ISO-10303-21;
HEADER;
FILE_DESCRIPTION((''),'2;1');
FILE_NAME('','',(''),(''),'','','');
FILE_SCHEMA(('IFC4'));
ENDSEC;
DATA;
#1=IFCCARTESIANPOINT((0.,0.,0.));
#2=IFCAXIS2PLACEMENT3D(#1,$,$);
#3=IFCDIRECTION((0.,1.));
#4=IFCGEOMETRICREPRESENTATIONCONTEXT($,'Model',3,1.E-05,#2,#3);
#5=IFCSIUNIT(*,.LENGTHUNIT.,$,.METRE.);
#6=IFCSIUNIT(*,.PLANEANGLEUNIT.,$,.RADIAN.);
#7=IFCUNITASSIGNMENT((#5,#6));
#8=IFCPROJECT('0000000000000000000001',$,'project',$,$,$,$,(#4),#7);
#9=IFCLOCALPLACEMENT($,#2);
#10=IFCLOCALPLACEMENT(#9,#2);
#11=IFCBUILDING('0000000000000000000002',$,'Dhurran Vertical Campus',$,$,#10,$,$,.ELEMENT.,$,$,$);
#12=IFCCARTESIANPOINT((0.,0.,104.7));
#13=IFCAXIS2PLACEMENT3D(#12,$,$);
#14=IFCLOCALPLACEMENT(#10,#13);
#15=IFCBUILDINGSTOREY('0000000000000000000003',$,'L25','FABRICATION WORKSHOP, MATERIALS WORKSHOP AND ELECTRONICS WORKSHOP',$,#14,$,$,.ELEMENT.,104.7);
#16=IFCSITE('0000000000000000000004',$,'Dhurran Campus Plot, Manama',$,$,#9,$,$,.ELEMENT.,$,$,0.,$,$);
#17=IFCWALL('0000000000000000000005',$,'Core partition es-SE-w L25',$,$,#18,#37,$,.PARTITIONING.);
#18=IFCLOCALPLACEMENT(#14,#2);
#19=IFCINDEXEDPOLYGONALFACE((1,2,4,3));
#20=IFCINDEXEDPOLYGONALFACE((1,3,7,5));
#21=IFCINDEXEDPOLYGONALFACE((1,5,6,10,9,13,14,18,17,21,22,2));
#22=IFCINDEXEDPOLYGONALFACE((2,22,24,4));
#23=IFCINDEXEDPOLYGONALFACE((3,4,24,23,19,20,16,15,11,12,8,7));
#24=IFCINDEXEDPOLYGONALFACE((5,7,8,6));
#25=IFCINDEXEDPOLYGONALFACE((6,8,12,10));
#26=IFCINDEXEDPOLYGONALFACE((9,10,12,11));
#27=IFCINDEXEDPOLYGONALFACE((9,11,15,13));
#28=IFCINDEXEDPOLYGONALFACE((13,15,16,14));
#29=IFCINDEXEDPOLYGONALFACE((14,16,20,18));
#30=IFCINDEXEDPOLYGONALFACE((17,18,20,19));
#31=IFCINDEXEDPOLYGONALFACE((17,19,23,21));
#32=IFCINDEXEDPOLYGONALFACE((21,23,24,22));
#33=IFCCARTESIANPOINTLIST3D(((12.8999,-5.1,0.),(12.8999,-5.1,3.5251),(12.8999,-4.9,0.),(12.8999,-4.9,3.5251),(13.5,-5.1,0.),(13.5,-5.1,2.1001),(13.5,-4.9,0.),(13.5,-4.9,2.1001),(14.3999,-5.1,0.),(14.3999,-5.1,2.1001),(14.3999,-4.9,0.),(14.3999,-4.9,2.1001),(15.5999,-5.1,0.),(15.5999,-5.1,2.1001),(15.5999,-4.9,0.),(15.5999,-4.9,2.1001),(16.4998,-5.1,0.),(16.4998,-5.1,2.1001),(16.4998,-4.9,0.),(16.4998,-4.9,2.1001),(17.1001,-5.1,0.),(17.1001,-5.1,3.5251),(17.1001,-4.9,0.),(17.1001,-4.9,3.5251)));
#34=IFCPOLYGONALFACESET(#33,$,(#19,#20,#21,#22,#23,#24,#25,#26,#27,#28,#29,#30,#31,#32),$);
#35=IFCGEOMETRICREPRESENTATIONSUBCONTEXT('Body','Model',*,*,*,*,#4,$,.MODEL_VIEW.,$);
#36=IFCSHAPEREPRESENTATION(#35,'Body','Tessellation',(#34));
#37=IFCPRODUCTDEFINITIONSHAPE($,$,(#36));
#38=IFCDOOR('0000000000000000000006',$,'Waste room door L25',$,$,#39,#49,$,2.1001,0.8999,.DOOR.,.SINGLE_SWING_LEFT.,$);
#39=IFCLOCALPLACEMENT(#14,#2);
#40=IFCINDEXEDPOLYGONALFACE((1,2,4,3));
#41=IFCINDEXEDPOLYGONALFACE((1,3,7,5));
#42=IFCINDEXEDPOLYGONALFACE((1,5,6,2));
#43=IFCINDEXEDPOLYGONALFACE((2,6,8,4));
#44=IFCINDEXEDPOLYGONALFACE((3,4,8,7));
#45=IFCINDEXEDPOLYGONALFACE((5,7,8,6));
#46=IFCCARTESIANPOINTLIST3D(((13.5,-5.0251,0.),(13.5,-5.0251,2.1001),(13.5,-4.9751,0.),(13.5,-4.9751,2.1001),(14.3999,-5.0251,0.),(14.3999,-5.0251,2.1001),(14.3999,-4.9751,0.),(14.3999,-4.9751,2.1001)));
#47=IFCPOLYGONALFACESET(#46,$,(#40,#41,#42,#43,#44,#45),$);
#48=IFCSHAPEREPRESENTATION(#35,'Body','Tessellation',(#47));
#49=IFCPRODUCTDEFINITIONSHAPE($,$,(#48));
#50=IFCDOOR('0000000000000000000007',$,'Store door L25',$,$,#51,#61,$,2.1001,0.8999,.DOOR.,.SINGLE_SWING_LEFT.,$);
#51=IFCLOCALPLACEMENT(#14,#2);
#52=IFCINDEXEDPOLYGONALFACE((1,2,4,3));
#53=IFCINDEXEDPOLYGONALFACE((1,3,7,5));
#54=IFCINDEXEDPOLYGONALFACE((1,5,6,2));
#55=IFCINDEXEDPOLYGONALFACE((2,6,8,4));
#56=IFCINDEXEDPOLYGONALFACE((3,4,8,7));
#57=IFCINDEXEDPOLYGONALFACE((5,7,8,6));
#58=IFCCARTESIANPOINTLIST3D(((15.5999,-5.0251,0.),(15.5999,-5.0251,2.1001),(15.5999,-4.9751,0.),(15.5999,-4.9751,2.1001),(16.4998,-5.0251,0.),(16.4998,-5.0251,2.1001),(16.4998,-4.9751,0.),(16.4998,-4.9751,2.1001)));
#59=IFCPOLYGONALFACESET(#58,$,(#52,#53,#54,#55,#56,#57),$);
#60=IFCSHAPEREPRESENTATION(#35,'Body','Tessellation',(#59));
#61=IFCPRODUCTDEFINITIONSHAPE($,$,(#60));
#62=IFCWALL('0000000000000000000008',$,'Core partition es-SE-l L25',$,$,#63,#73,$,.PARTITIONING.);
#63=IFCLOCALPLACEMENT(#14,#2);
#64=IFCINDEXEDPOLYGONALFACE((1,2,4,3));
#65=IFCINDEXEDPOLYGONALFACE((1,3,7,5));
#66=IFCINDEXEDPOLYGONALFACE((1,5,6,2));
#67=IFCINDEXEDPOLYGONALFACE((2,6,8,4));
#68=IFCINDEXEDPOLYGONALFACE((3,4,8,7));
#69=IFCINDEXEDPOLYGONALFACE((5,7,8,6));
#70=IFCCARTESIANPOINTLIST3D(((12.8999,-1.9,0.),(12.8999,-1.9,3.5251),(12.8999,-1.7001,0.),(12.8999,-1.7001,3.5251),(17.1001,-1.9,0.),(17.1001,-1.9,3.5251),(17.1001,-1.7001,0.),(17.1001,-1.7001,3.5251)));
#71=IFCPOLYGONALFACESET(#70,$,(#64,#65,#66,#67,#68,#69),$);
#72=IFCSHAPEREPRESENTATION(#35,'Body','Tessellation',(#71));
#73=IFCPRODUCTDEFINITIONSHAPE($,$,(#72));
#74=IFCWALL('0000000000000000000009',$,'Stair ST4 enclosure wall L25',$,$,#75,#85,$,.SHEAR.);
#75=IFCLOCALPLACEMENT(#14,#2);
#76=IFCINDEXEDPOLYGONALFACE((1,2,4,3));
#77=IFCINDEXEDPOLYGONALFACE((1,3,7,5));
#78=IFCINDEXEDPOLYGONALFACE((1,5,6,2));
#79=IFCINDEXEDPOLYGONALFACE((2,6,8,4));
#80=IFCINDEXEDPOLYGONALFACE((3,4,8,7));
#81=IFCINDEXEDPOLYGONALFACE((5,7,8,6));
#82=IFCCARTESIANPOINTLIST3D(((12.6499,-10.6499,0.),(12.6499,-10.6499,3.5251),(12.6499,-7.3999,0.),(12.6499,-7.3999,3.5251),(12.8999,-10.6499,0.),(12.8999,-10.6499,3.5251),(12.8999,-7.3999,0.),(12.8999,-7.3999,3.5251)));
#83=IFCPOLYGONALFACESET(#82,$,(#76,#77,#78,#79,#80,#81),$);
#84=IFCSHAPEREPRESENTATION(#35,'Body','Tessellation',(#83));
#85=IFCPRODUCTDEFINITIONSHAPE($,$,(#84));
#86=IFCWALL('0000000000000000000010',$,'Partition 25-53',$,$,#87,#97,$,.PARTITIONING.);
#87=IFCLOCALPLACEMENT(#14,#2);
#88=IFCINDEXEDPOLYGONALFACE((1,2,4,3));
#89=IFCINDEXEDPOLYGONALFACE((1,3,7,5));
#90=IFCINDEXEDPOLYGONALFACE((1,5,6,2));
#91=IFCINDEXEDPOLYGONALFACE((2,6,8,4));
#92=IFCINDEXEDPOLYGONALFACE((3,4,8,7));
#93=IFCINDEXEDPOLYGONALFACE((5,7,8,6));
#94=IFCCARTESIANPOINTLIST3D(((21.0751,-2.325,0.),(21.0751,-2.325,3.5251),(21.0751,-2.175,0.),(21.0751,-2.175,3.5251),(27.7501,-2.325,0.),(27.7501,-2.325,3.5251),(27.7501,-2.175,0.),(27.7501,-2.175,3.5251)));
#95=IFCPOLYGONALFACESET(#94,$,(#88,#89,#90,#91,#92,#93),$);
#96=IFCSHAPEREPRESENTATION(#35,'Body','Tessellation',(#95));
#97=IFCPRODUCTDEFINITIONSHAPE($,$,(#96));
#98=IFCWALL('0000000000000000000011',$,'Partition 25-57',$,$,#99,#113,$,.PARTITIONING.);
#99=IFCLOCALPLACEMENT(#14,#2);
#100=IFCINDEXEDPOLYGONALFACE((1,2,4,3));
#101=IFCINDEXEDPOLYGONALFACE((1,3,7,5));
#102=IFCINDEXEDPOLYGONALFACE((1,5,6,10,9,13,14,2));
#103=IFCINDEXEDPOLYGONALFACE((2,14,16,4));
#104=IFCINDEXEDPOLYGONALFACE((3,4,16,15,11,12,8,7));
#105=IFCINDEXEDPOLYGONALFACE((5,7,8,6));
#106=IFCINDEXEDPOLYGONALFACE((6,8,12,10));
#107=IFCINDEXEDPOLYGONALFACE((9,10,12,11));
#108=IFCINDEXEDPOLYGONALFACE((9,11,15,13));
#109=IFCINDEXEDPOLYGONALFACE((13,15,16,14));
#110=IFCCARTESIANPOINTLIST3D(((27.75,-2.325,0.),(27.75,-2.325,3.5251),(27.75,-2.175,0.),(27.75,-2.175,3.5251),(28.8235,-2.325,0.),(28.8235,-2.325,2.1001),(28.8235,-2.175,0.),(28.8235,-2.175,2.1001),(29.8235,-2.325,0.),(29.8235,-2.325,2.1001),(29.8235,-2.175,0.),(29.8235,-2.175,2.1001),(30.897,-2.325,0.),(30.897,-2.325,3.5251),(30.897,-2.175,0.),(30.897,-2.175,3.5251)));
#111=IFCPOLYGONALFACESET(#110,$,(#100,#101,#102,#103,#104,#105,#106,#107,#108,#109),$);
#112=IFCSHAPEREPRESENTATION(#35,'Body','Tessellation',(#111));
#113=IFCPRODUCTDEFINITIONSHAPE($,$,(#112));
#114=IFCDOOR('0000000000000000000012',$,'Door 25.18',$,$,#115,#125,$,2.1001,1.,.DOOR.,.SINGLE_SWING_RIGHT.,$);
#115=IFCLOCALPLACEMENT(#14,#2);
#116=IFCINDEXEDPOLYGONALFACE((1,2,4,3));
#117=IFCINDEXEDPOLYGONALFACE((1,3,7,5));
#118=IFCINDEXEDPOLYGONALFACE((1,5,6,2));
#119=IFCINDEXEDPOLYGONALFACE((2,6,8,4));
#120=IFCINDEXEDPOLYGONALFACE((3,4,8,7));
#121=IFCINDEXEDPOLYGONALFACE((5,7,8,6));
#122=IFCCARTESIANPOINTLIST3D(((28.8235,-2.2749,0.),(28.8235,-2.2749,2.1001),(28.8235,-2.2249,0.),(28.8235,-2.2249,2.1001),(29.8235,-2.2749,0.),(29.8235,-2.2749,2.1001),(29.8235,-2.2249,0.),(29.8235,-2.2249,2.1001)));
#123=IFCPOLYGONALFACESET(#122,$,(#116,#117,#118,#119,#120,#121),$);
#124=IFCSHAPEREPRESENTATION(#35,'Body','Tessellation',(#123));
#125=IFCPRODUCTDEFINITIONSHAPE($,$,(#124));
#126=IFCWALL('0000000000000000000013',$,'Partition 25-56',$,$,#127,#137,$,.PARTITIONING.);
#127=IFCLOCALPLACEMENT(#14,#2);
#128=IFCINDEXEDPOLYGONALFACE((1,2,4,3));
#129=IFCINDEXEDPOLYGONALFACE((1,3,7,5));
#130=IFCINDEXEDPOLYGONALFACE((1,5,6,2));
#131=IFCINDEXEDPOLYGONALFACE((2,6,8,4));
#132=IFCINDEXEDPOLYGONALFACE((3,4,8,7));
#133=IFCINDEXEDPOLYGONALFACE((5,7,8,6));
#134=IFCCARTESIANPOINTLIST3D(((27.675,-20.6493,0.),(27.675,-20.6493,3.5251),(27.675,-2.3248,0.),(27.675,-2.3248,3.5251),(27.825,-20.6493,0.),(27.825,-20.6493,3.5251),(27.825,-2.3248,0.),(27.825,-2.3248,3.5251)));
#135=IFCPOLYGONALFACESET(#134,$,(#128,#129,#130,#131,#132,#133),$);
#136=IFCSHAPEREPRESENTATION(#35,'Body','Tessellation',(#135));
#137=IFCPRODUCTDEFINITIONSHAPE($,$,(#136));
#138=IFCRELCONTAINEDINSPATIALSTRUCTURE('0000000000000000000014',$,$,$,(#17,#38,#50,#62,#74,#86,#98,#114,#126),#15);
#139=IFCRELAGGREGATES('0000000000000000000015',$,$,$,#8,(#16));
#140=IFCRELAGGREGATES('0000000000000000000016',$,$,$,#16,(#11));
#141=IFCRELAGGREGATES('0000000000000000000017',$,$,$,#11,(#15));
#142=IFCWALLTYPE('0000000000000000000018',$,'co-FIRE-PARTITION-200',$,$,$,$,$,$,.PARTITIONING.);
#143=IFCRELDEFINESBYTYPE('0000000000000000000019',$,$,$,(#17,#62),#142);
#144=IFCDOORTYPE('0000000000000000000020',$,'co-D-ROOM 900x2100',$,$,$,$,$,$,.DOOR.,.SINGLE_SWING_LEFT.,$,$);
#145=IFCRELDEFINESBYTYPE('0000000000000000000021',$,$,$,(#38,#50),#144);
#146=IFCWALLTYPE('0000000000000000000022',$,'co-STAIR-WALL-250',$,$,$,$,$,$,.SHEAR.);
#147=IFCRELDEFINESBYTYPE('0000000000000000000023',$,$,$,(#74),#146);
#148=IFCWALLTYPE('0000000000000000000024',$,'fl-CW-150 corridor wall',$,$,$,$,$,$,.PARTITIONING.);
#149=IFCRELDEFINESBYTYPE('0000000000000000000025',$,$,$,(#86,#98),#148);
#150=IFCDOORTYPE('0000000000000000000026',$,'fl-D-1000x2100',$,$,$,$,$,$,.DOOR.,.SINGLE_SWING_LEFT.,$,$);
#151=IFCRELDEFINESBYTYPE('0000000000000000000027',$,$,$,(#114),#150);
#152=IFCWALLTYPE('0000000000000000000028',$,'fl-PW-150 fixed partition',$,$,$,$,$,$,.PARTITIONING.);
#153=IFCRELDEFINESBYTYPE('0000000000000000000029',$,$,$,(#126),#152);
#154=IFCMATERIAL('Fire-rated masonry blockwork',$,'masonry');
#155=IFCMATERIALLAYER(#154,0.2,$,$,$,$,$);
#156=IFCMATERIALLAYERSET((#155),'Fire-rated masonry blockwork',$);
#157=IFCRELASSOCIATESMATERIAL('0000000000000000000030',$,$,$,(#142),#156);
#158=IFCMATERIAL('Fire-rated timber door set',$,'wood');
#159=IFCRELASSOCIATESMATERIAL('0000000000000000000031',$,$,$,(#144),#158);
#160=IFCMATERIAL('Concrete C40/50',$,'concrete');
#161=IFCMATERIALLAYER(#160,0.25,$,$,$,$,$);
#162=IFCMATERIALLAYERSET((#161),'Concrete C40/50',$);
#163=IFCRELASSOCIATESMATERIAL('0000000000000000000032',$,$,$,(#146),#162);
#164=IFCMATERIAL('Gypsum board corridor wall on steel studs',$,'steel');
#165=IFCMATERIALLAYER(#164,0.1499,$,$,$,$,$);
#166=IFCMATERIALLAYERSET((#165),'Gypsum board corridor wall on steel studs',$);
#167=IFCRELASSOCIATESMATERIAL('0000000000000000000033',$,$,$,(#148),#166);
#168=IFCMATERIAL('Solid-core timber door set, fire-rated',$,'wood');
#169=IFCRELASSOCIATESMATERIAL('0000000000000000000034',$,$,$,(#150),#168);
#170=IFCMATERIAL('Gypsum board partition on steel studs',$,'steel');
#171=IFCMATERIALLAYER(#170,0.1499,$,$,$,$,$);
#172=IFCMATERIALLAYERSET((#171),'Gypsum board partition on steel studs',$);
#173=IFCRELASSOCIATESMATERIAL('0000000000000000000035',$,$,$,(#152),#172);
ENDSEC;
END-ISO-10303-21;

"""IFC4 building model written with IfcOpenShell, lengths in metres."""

from ifc_helpers import new_model, si_unit, direction, frame, frame_2d, origin, place, context, subcontext, project, spatial, rectangle, extrude, material, layer, layer_set, type_object, element, fill, save


model = new_model("IFC4")

# Units and contexts
model_context = context("Model", 3, precision=1e-05, world=origin(), true_north=direction((0.0, 1.0)))
body_context = subcontext(model_context, "Body", "Model", "MODEL_VIEW")
ifc_project = project(units=[si_unit("LENGTHUNIT", "METRE"), si_unit("PLANEANGLEUNIT", "RADIAN")], contexts=[model_context])

# Site, building, storey
site_placement = place(None, origin())
site = spatial("IfcSite", under=ifc_project, at=site_placement, Name="Dhurran Campus Plot, Manama", CompositionType="ELEMENT", RefElevation=0.0)
building_placement = place(site_placement, origin())
building = spatial("IfcBuilding", under=site, at=building_placement, Name="Dhurran Vertical Campus", CompositionType="ELEMENT")
storey_placement = place(building_placement, frame((0.0, 0.0, 104.7)))
storey = spatial("IfcBuildingStorey", under=building, at=storey_placement, Name="L25", Description="FABRICATION WORKSHOP, MATERIALS WORKSHOP AND ELECTRONICS WORKSHOP", CompositionType="ELEMENT", Elevation=104.7)

# Shared definitions
ifc_material_1 = material(Name="Fire-rated masonry blockwork", Category="masonry")
ifc_layer_1 = layer(ifc_material_1, 0.2)
ifc_layer_set_1 = layer_set([ifc_layer_1], Name="Fire-rated masonry blockwork")
wall_type_1 = type_object("IfcWallType", Name="co-FIRE-PARTITION-200", PredefinedType="PARTITIONING", material=ifc_layer_set_1)

# Shared definitions
ifc_material_2 = material(Name="Fire-rated timber door set", Category="wood")
door_type_1 = type_object("IfcDoorType", Name="co-D-ROOM 900x2100", OperationType="SINGLE_SWING_LEFT", PredefinedType="DOOR", material=ifc_material_2)

# Wall, openings, doors
wall_1_placement = place(storey_placement, frame((12.8999, -5.0, 0.0), z_axis=(0.0, 0.0, 1.0), x_axis=(1.0, 0.0, 0.0)))
wall_1 = element("IfcWall", 1, at=wall_1_placement, inside=storey, type_object=wall_type_1, Name="Core partition es-SE-w L25", PredefinedType="PARTITIONING", context=body_context, shape_type="SweptSolid", body=[
    extrude(rectangle(XDim=4.2002, YDim=0.2, at=frame_2d((2.1001, 0.0))), origin(), (0.0, 0.0, 1.0), 3.5251),
])
opening_1_placement = place(wall_1_placement, frame((0.6001, 0.0, 0.0)))
opening_1 = element("IfcOpeningElement", 2, at=opening_1_placement, cuts=wall_1, PredefinedType="OPENING", context=body_context, shape_type="SweptSolid", body=[
    extrude(rectangle(XDim=0.8999, YDim=2.1001, at=frame_2d((0.45, 1.05))), frame((0.0, 0.1099, 0.0), z_axis=(0.0, -1.0, 0.0), x_axis=(1.0, 0.0, 0.0)), (0.0, 0.0, 1.0), 0.22),
])
opening_2_placement = place(wall_1_placement, frame((2.7, 0.0, 0.0)))
opening_2 = element("IfcOpeningElement", 3, at=opening_2_placement, cuts=wall_1, PredefinedType="OPENING", context=body_context, shape_type="SweptSolid", body=[
    extrude(rectangle(XDim=0.8999, YDim=2.1001, at=frame_2d((0.45, 1.05))), frame((0.0, 0.1099, 0.0), z_axis=(0.0, -1.0, 0.0), x_axis=(1.0, 0.0, 0.0)), (0.0, 0.0, 1.0), 0.22),
])
door_1_placement = place(opening_1_placement, origin())
door_1 = element("IfcDoor", 4, at=door_1_placement, inside=storey, type_object=door_type_1, Name="Waste room door L25", OperationType="SINGLE_SWING_LEFT", OverallHeight=2.1001, OverallWidth=0.8999, PredefinedType="DOOR", context=body_context, shape_type="SweptSolid", body=[
    extrude(rectangle(XDim=0.8999, YDim=2.1001, at=frame_2d((0.45, 1.05))), frame((0.0, 0.0249, 0.0), z_axis=(0.0, -1.0, 0.0), x_axis=(1.0, 0.0, 0.0)), (0.0, 0.0, 1.0), 0.05),
])
fill(opening_1, door_1)
door_2_placement = place(opening_2_placement, origin())
door_2 = element("IfcDoor", 5, at=door_2_placement, inside=storey, type_object=door_type_1, Name="Store door L25", OperationType="SINGLE_SWING_LEFT", OverallHeight=2.1001, OverallWidth=0.8999, PredefinedType="DOOR", context=body_context, shape_type="SweptSolid", body=[
    extrude(rectangle(XDim=0.8999, YDim=2.1001, at=frame_2d((0.45, 1.05))), frame((0.0, 0.0249, 0.0), z_axis=(0.0, -1.0, 0.0), x_axis=(1.0, 0.0, 0.0)), (0.0, 0.0, 1.0), 0.05),
])
fill(opening_2, door_2)

# Walls
wall_2_placement = place(storey_placement, frame((12.8999, -1.8, 0.0), z_axis=(0.0, 0.0, 1.0), x_axis=(1.0, 0.0, 0.0)))
element("IfcWall", 6, at=wall_2_placement, inside=storey, type_object=wall_type_1, Name="Core partition es-SE-l L25", PredefinedType="PARTITIONING", context=body_context, shape_type="SweptSolid", body=[
    extrude(rectangle(XDim=4.2002, YDim=0.2, at=frame_2d((2.1001, 0.0))), origin(), (0.0, 0.0, 1.0), 3.5251),
])
ifc_material_3 = material(Name="Concrete C40/50", Category="concrete")
ifc_layer_2 = layer(ifc_material_3, 0.25)
ifc_layer_set_2 = layer_set([ifc_layer_2], Name="Concrete C40/50")
wall_type_2 = type_object("IfcWallType", Name="co-STAIR-WALL-250", PredefinedType="SHEAR", material=ifc_layer_set_2)
wall_3_placement = place(storey_placement, frame((12.7749, -10.6499, 0.0), z_axis=(0.0, 0.0, 1.0), x_axis=(0.0, 1.0, 0.0)))
element("IfcWall", 7, at=wall_3_placement, inside=storey, type_object=wall_type_2, Name="Stair ST4 enclosure wall L25", PredefinedType="SHEAR", context=body_context, shape_type="SweptSolid", body=[
    extrude(rectangle(XDim=3.25, YDim=0.25, at=frame_2d((1.625, 0.0))), origin(), (0.0, 0.0, 1.0), 3.5251),
])
ifc_material_4 = material(Name="Gypsum board corridor wall on steel studs", Category="steel")
ifc_layer_3 = layer(ifc_material_4, 0.1499)
ifc_layer_set_3 = layer_set([ifc_layer_3], Name="Gypsum board corridor wall on steel studs")
wall_type_3 = type_object("IfcWallType", Name="fl-CW-150 corridor wall", PredefinedType="PARTITIONING", material=ifc_layer_set_3)
wall_4_placement = place(storey_placement, frame((27.75, -2.25, 0.0), z_axis=(0.0, 0.0, 1.0), x_axis=(-1.0, 0.0, 0.0)))
element("IfcWall", 8, at=wall_4_placement, inside=storey, type_object=wall_type_3, Name="Partition 25-53", PredefinedType="PARTITIONING", context=body_context, shape_type="SweptSolid", body=[
    extrude(rectangle(XDim=6.675, YDim=0.1499, at=frame_2d((3.3374, 0.0))), origin(), (0.0, 0.0, 1.0), 3.5251),
])

# Wall, opening, door
wall_5_placement = place(storey_placement, frame((30.897, -2.25, 0.0), z_axis=(0.0, 0.0, 1.0), x_axis=(-1.0, 0.0, 0.0)))
wall_5 = element("IfcWall", 9, at=wall_5_placement, inside=storey, type_object=wall_type_3, Name="Partition 25-57", PredefinedType="PARTITIONING", context=body_context, shape_type="SweptSolid", body=[
    extrude(rectangle(XDim=3.147, YDim=0.1499, at=frame_2d((1.5735, 0.0))), origin(), (0.0, 0.0, 1.0), 3.5251),
])
opening_3_placement = place(wall_5_placement, frame((1.0735, 0.0, 0.0)))
opening_3 = element("IfcOpeningElement", 10, at=opening_3_placement, cuts=wall_5, PredefinedType="OPENING", context=body_context, shape_type="SweptSolid", body=[
    extrude(rectangle(XDim=1.0, YDim=2.1001, at=frame_2d((0.5, 1.05))), frame((0.0, 0.085, 0.0), z_axis=(0.0, -1.0, 0.0), x_axis=(1.0, 0.0, 0.0)), (0.0, 0.0, 1.0), 0.1699),
])
ifc_material_5 = material(Name="Solid-core timber door set, fire-rated", Category="wood")
door_type_2 = type_object("IfcDoorType", Name="fl-D-1000x2100", OperationType="SINGLE_SWING_LEFT", PredefinedType="DOOR", material=ifc_material_5)
door_3_placement = place(opening_3_placement, origin())
door_3 = element("IfcDoor", 11, at=door_3_placement, inside=storey, type_object=door_type_2, Name="Door 25.18", OperationType="SINGLE_SWING_RIGHT", OverallHeight=2.1001, OverallWidth=1.0, PredefinedType="DOOR", context=body_context, shape_type="SweptSolid", body=[
    extrude(rectangle(XDim=1.0, YDim=2.1001, at=frame_2d((0.5, 1.05))), frame((0.0, 0.0249, 0.0), z_axis=(0.0, -1.0, 0.0), x_axis=(1.0, 0.0, 0.0)), (0.0, 0.0, 1.0), 0.05),
])
fill(opening_3, door_3)

# Wall
ifc_material_6 = material(Name="Gypsum board partition on steel studs", Category="steel")
ifc_layer_4 = layer(ifc_material_6, 0.1499)
ifc_layer_set_4 = layer_set([ifc_layer_4], Name="Gypsum board partition on steel studs")
wall_type_4 = type_object("IfcWallType", Name="fl-PW-150 fixed partition", PredefinedType="PARTITIONING", material=ifc_layer_set_4)
wall_6_placement = place(storey_placement, frame((27.75, -2.325, 0.0), z_axis=(0.0, 0.0, 1.0), x_axis=(0.0, -1.0, 0.0)))
element("IfcWall", 12, at=wall_6_placement, inside=storey, type_object=wall_type_4, Name="Partition 25-56", PredefinedType="PARTITIONING", context=body_context, shape_type="SweptSolid", body=[
    extrude(rectangle(XDim=18.3245, YDim=0.1499, at=frame_2d((9.1621, 0.0))), origin(), (0.0, 0.0, 1.0), 3.5251),
])

save(model, "model.ifc")
